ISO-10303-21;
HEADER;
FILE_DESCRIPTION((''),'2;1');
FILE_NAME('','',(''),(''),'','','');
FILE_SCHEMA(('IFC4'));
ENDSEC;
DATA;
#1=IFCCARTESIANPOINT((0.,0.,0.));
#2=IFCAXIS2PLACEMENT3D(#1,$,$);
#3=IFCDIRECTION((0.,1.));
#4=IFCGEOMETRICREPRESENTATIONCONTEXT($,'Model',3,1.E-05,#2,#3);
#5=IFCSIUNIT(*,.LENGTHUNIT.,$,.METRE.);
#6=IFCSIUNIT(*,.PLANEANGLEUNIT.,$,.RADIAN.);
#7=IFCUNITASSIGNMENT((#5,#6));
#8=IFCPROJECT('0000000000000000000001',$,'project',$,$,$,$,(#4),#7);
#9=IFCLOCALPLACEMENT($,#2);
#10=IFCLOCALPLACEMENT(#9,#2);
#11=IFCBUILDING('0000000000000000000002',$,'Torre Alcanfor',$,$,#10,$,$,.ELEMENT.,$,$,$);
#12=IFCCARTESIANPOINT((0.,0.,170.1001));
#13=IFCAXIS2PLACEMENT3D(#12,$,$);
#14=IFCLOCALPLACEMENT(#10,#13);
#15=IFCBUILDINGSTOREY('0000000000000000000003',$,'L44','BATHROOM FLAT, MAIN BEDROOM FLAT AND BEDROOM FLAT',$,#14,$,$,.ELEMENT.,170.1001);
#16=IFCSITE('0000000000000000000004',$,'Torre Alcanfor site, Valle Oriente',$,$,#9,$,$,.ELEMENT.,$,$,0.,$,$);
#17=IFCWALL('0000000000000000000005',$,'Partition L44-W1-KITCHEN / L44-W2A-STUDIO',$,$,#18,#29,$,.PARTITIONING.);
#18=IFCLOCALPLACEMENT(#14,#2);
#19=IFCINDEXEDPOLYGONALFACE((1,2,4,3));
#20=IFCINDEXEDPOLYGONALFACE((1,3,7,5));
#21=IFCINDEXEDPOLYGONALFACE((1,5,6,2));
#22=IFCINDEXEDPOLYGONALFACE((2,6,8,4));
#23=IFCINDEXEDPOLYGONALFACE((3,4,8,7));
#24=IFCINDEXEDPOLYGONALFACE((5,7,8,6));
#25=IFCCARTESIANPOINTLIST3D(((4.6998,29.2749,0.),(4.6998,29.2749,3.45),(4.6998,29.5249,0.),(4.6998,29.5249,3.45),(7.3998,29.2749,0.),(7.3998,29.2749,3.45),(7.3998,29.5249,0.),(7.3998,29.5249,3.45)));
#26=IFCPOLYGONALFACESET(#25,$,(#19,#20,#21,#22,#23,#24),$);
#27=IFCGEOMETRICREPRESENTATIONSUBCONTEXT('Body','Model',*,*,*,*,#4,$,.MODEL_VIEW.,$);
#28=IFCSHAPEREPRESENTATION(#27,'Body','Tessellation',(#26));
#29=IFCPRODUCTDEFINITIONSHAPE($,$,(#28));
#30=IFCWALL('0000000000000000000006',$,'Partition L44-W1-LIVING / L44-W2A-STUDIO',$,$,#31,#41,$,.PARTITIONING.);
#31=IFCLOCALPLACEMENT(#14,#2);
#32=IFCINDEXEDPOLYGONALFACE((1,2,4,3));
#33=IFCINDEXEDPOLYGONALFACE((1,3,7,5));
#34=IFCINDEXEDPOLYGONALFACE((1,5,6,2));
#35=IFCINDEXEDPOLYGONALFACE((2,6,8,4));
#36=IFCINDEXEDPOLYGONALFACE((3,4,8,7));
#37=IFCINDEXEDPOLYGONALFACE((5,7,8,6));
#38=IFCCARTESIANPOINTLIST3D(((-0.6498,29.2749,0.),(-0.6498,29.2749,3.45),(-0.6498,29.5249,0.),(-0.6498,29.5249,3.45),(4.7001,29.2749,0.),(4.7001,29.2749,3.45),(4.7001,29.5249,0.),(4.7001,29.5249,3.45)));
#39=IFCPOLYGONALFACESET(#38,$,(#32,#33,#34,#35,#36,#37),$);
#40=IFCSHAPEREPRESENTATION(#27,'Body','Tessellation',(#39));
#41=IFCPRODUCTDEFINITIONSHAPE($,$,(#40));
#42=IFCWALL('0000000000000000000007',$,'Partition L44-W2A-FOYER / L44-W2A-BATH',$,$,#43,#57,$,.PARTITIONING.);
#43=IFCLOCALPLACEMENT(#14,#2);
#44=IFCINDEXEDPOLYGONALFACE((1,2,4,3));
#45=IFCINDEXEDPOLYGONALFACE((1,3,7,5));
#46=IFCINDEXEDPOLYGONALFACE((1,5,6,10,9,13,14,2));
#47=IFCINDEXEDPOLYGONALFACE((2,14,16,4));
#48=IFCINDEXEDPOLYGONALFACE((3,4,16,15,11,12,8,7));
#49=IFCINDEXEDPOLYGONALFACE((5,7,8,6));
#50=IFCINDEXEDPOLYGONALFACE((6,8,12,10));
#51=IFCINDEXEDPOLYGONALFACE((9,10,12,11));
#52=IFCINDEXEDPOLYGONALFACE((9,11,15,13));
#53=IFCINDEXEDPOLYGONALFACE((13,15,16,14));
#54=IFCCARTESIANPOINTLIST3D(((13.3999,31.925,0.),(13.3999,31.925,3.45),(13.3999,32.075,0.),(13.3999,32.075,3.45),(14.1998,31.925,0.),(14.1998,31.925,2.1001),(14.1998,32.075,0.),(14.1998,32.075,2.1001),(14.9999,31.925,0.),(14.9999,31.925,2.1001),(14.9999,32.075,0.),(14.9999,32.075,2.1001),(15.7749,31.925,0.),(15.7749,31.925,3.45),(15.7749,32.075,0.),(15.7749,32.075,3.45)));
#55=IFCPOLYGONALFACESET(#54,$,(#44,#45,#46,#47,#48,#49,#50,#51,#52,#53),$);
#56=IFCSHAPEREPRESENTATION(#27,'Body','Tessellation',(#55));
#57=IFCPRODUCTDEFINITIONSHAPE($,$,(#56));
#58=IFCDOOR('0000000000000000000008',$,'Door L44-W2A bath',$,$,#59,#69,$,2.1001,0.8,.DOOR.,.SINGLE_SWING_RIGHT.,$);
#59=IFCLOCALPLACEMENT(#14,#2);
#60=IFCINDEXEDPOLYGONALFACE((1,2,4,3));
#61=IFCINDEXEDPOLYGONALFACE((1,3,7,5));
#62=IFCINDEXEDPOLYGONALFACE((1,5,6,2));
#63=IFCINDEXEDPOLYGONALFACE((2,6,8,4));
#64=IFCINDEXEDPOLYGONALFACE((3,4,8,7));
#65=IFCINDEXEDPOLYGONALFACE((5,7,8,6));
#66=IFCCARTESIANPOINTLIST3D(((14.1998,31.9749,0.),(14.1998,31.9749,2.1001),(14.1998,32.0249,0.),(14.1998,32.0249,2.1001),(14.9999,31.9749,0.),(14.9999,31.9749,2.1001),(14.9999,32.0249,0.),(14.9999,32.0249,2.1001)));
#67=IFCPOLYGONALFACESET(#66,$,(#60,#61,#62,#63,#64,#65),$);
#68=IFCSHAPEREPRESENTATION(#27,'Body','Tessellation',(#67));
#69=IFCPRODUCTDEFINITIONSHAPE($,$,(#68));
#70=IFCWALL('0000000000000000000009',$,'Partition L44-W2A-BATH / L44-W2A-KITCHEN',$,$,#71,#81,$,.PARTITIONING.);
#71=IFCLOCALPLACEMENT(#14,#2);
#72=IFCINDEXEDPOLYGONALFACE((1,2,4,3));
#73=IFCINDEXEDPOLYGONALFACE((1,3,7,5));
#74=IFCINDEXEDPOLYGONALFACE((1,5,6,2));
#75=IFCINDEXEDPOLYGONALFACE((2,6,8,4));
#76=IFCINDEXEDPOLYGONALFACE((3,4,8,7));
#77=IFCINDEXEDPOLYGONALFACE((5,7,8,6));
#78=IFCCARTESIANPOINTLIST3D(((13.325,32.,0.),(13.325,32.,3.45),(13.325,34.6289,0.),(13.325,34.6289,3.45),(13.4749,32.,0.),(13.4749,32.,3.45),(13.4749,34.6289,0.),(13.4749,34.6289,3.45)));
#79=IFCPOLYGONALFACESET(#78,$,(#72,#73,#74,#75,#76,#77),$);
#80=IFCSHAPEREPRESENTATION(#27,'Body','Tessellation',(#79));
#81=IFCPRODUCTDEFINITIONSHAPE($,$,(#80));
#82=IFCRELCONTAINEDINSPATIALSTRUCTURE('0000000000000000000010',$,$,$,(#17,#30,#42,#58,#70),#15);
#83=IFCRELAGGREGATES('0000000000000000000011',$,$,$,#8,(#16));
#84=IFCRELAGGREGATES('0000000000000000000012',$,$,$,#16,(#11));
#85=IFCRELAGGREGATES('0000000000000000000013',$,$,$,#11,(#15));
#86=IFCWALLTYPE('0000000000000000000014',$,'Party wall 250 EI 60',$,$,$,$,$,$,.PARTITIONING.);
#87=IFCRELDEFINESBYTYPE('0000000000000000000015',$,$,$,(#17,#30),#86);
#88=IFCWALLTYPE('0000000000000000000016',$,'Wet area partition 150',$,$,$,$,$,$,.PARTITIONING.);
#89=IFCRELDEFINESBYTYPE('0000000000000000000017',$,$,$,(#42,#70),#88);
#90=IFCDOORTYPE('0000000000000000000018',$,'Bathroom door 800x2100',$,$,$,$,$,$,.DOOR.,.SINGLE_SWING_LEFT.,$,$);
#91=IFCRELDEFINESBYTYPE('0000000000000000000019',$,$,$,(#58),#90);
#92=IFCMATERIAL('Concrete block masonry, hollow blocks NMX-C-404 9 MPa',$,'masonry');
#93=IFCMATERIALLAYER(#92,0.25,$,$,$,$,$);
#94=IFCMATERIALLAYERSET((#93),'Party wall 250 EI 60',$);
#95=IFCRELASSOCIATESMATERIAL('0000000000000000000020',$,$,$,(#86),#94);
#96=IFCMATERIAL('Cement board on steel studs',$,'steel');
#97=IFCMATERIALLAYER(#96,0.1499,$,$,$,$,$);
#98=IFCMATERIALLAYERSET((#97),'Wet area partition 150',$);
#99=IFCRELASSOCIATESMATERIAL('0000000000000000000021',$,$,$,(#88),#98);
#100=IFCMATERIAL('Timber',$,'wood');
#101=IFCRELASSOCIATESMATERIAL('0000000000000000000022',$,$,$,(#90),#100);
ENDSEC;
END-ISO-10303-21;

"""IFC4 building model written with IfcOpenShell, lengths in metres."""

from ifc_helpers import new_model, si_unit, direction, frame, frame_2d, origin, place, context, subcontext, project, spatial, rectangle, extrude, material, layer, layer_set, type_object, element, fill, save


model = new_model("IFC4")

# Units and contexts
model_context = context("Model", 3, precision=1e-05, world=origin(), true_north=direction((0.0, 1.0)))
body_context = subcontext(model_context, "Body", "Model", "MODEL_VIEW")
ifc_project = project(units=[si_unit("LENGTHUNIT", "METRE"), si_unit("PLANEANGLEUNIT", "RADIAN")], contexts=[model_context])

# Site, building, storey
site_placement = place(None, origin())
site = spatial("IfcSite", under=ifc_project, at=site_placement, Name="Torre Alcanfor site, Valle Oriente", CompositionType="ELEMENT", RefElevation=0.0)
building_placement = place(site_placement, origin())
building = spatial("IfcBuilding", under=site, at=building_placement, Name="Torre Alcanfor", CompositionType="ELEMENT")
storey_placement = place(building_placement, frame((0.0, 0.0, 170.1001)))
storey = spatial("IfcBuildingStorey", under=building, at=storey_placement, Name="L44", Description="BATHROOM FLAT, MAIN BEDROOM FLAT AND BEDROOM FLAT", CompositionType="ELEMENT", Elevation=170.1001)

# Walls
ifc_material_1 = material(Name="Concrete block masonry, hollow blocks NMX-C-404 9 MPa", Category="masonry")
ifc_layer_1 = layer(ifc_material_1, 0.25)
ifc_layer_set_1 = layer_set([ifc_layer_1], Name="Party wall 250 EI 60")
wall_type_1 = type_object("IfcWallType", Name="Party wall 250 EI 60", PredefinedType="PARTITIONING", material=ifc_layer_set_1)
wall_1_placement = place(storey_placement, frame((7.3999, 29.3999, 0.0), z_axis=(0.0, 0.0, 1.0), x_axis=(-1.0, 0.0, 0.0)))
element("IfcWall", 1, at=wall_1_placement, inside=storey, type_object=wall_type_1, Name="Partition L44-W1-KITCHEN / L44-W2A-STUDIO", PredefinedType="PARTITIONING", context=body_context, shape_type="SweptSolid", body=[
    extrude(rectangle(XDim=2.7, YDim=0.25, at=frame_2d((1.3501, 0.0))), origin(), (0.0, 0.0, 1.0), 3.45),
])
wall_2_placement = place(storey_placement, frame((4.7, 29.3999, 0.0), z_axis=(0.0, 0.0, 1.0), x_axis=(-1.0, 0.0, 0.0)))
element("IfcWall", 2, at=wall_2_placement, inside=storey, type_object=wall_type_1, Name="Partition L44-W1-LIVING / L44-W2A-STUDIO", PredefinedType="PARTITIONING", context=body_context, shape_type="SweptSolid", body=[
    extrude(rectangle(XDim=5.3499, YDim=0.25, at=frame_2d((2.6748, 0.0))), origin(), (0.0, 0.0, 1.0), 3.45),
])

# Wall, opening, door
ifc_material_2 = material(Name="Cement board on steel studs", Category="steel")
ifc_layer_2 = layer(ifc_material_2, 0.1499)
ifc_layer_set_2 = layer_set([ifc_layer_2], Name="Wet area partition 150")
wall_type_2 = type_object("IfcWallType", Name="Wet area partition 150", PredefinedType="PARTITIONING", material=ifc_layer_set_2)
wall_3_placement = place(storey_placement, frame((13.3999, 32.0, 0.0), z_axis=(0.0, 0.0, 1.0), x_axis=(1.0, 0.0, 0.0)))
wall_3 = element("IfcWall", 3, at=wall_3_placement, inside=storey, type_object=wall_type_2, Name="Partition L44-W2A-FOYER / L44-W2A-BATH", PredefinedType="PARTITIONING", context=body_context, shape_type="SweptSolid", body=[
    extrude(rectangle(XDim=2.375, YDim=0.1499, at=frame_2d((1.1875, 0.0))), origin(), (0.0, 0.0, 1.0), 3.45),
])
opening_1_placement = place(wall_3_placement, frame((0.8, 0.0, 0.0)))
opening_1 = element("IfcOpeningElement", 4, at=opening_1_placement, cuts=wall_3, PredefinedType="OPENING", context=body_context, shape_type="SweptSolid", body=[
    extrude(rectangle(XDim=0.8, YDim=2.1001, at=frame_2d((0.3999, 1.05))), frame((0.0, 0.085, 0.0), z_axis=(0.0, -1.0, 0.0), x_axis=(1.0, 0.0, 0.0)), (0.0, 0.0, 1.0), 0.1699),
])
ifc_material_3 = material(Name="Timber", Category="wood")
door_type_1 = type_object("IfcDoorType", Name="Bathroom door 800x2100", OperationType="SINGLE_SWING_LEFT", PredefinedType="DOOR", material=ifc_material_3)
door_1_placement = place(opening_1_placement, origin())
door_1 = element("IfcDoor", 5, at=door_1_placement, inside=storey, type_object=door_type_1, Name="Door L44-W2A bath", OperationType="SINGLE_SWING_RIGHT", OverallHeight=2.1001, OverallWidth=0.8, PredefinedType="DOOR", context=body_context, shape_type="SweptSolid", body=[
    extrude(rectangle(XDim=0.8, YDim=2.1001, at=frame_2d((0.3999, 1.05))), frame((0.0, 0.0249, 0.0), z_axis=(0.0, -1.0, 0.0), x_axis=(1.0, 0.0, 0.0)), (0.0, 0.0, 1.0), 0.05),
])
fill(opening_1, door_1)

# Wall
wall_4_placement = place(storey_placement, frame((13.3999, 32.0, 0.0), z_axis=(0.0, 0.0, 1.0), x_axis=(0.0, 1.0, 0.0)))
element("IfcWall", 6, at=wall_4_placement, inside=storey, type_object=wall_type_2, Name="Partition L44-W2A-BATH / L44-W2A-KITCHEN", PredefinedType="PARTITIONING", context=body_context, shape_type="SweptSolid", body=[
    extrude(rectangle(XDim=2.6289, YDim=0.1499, at=frame_2d((1.3145, 0.0))), origin(), (0.0, 0.0, 1.0), 3.45),
])

save(model, "model.ifc")
